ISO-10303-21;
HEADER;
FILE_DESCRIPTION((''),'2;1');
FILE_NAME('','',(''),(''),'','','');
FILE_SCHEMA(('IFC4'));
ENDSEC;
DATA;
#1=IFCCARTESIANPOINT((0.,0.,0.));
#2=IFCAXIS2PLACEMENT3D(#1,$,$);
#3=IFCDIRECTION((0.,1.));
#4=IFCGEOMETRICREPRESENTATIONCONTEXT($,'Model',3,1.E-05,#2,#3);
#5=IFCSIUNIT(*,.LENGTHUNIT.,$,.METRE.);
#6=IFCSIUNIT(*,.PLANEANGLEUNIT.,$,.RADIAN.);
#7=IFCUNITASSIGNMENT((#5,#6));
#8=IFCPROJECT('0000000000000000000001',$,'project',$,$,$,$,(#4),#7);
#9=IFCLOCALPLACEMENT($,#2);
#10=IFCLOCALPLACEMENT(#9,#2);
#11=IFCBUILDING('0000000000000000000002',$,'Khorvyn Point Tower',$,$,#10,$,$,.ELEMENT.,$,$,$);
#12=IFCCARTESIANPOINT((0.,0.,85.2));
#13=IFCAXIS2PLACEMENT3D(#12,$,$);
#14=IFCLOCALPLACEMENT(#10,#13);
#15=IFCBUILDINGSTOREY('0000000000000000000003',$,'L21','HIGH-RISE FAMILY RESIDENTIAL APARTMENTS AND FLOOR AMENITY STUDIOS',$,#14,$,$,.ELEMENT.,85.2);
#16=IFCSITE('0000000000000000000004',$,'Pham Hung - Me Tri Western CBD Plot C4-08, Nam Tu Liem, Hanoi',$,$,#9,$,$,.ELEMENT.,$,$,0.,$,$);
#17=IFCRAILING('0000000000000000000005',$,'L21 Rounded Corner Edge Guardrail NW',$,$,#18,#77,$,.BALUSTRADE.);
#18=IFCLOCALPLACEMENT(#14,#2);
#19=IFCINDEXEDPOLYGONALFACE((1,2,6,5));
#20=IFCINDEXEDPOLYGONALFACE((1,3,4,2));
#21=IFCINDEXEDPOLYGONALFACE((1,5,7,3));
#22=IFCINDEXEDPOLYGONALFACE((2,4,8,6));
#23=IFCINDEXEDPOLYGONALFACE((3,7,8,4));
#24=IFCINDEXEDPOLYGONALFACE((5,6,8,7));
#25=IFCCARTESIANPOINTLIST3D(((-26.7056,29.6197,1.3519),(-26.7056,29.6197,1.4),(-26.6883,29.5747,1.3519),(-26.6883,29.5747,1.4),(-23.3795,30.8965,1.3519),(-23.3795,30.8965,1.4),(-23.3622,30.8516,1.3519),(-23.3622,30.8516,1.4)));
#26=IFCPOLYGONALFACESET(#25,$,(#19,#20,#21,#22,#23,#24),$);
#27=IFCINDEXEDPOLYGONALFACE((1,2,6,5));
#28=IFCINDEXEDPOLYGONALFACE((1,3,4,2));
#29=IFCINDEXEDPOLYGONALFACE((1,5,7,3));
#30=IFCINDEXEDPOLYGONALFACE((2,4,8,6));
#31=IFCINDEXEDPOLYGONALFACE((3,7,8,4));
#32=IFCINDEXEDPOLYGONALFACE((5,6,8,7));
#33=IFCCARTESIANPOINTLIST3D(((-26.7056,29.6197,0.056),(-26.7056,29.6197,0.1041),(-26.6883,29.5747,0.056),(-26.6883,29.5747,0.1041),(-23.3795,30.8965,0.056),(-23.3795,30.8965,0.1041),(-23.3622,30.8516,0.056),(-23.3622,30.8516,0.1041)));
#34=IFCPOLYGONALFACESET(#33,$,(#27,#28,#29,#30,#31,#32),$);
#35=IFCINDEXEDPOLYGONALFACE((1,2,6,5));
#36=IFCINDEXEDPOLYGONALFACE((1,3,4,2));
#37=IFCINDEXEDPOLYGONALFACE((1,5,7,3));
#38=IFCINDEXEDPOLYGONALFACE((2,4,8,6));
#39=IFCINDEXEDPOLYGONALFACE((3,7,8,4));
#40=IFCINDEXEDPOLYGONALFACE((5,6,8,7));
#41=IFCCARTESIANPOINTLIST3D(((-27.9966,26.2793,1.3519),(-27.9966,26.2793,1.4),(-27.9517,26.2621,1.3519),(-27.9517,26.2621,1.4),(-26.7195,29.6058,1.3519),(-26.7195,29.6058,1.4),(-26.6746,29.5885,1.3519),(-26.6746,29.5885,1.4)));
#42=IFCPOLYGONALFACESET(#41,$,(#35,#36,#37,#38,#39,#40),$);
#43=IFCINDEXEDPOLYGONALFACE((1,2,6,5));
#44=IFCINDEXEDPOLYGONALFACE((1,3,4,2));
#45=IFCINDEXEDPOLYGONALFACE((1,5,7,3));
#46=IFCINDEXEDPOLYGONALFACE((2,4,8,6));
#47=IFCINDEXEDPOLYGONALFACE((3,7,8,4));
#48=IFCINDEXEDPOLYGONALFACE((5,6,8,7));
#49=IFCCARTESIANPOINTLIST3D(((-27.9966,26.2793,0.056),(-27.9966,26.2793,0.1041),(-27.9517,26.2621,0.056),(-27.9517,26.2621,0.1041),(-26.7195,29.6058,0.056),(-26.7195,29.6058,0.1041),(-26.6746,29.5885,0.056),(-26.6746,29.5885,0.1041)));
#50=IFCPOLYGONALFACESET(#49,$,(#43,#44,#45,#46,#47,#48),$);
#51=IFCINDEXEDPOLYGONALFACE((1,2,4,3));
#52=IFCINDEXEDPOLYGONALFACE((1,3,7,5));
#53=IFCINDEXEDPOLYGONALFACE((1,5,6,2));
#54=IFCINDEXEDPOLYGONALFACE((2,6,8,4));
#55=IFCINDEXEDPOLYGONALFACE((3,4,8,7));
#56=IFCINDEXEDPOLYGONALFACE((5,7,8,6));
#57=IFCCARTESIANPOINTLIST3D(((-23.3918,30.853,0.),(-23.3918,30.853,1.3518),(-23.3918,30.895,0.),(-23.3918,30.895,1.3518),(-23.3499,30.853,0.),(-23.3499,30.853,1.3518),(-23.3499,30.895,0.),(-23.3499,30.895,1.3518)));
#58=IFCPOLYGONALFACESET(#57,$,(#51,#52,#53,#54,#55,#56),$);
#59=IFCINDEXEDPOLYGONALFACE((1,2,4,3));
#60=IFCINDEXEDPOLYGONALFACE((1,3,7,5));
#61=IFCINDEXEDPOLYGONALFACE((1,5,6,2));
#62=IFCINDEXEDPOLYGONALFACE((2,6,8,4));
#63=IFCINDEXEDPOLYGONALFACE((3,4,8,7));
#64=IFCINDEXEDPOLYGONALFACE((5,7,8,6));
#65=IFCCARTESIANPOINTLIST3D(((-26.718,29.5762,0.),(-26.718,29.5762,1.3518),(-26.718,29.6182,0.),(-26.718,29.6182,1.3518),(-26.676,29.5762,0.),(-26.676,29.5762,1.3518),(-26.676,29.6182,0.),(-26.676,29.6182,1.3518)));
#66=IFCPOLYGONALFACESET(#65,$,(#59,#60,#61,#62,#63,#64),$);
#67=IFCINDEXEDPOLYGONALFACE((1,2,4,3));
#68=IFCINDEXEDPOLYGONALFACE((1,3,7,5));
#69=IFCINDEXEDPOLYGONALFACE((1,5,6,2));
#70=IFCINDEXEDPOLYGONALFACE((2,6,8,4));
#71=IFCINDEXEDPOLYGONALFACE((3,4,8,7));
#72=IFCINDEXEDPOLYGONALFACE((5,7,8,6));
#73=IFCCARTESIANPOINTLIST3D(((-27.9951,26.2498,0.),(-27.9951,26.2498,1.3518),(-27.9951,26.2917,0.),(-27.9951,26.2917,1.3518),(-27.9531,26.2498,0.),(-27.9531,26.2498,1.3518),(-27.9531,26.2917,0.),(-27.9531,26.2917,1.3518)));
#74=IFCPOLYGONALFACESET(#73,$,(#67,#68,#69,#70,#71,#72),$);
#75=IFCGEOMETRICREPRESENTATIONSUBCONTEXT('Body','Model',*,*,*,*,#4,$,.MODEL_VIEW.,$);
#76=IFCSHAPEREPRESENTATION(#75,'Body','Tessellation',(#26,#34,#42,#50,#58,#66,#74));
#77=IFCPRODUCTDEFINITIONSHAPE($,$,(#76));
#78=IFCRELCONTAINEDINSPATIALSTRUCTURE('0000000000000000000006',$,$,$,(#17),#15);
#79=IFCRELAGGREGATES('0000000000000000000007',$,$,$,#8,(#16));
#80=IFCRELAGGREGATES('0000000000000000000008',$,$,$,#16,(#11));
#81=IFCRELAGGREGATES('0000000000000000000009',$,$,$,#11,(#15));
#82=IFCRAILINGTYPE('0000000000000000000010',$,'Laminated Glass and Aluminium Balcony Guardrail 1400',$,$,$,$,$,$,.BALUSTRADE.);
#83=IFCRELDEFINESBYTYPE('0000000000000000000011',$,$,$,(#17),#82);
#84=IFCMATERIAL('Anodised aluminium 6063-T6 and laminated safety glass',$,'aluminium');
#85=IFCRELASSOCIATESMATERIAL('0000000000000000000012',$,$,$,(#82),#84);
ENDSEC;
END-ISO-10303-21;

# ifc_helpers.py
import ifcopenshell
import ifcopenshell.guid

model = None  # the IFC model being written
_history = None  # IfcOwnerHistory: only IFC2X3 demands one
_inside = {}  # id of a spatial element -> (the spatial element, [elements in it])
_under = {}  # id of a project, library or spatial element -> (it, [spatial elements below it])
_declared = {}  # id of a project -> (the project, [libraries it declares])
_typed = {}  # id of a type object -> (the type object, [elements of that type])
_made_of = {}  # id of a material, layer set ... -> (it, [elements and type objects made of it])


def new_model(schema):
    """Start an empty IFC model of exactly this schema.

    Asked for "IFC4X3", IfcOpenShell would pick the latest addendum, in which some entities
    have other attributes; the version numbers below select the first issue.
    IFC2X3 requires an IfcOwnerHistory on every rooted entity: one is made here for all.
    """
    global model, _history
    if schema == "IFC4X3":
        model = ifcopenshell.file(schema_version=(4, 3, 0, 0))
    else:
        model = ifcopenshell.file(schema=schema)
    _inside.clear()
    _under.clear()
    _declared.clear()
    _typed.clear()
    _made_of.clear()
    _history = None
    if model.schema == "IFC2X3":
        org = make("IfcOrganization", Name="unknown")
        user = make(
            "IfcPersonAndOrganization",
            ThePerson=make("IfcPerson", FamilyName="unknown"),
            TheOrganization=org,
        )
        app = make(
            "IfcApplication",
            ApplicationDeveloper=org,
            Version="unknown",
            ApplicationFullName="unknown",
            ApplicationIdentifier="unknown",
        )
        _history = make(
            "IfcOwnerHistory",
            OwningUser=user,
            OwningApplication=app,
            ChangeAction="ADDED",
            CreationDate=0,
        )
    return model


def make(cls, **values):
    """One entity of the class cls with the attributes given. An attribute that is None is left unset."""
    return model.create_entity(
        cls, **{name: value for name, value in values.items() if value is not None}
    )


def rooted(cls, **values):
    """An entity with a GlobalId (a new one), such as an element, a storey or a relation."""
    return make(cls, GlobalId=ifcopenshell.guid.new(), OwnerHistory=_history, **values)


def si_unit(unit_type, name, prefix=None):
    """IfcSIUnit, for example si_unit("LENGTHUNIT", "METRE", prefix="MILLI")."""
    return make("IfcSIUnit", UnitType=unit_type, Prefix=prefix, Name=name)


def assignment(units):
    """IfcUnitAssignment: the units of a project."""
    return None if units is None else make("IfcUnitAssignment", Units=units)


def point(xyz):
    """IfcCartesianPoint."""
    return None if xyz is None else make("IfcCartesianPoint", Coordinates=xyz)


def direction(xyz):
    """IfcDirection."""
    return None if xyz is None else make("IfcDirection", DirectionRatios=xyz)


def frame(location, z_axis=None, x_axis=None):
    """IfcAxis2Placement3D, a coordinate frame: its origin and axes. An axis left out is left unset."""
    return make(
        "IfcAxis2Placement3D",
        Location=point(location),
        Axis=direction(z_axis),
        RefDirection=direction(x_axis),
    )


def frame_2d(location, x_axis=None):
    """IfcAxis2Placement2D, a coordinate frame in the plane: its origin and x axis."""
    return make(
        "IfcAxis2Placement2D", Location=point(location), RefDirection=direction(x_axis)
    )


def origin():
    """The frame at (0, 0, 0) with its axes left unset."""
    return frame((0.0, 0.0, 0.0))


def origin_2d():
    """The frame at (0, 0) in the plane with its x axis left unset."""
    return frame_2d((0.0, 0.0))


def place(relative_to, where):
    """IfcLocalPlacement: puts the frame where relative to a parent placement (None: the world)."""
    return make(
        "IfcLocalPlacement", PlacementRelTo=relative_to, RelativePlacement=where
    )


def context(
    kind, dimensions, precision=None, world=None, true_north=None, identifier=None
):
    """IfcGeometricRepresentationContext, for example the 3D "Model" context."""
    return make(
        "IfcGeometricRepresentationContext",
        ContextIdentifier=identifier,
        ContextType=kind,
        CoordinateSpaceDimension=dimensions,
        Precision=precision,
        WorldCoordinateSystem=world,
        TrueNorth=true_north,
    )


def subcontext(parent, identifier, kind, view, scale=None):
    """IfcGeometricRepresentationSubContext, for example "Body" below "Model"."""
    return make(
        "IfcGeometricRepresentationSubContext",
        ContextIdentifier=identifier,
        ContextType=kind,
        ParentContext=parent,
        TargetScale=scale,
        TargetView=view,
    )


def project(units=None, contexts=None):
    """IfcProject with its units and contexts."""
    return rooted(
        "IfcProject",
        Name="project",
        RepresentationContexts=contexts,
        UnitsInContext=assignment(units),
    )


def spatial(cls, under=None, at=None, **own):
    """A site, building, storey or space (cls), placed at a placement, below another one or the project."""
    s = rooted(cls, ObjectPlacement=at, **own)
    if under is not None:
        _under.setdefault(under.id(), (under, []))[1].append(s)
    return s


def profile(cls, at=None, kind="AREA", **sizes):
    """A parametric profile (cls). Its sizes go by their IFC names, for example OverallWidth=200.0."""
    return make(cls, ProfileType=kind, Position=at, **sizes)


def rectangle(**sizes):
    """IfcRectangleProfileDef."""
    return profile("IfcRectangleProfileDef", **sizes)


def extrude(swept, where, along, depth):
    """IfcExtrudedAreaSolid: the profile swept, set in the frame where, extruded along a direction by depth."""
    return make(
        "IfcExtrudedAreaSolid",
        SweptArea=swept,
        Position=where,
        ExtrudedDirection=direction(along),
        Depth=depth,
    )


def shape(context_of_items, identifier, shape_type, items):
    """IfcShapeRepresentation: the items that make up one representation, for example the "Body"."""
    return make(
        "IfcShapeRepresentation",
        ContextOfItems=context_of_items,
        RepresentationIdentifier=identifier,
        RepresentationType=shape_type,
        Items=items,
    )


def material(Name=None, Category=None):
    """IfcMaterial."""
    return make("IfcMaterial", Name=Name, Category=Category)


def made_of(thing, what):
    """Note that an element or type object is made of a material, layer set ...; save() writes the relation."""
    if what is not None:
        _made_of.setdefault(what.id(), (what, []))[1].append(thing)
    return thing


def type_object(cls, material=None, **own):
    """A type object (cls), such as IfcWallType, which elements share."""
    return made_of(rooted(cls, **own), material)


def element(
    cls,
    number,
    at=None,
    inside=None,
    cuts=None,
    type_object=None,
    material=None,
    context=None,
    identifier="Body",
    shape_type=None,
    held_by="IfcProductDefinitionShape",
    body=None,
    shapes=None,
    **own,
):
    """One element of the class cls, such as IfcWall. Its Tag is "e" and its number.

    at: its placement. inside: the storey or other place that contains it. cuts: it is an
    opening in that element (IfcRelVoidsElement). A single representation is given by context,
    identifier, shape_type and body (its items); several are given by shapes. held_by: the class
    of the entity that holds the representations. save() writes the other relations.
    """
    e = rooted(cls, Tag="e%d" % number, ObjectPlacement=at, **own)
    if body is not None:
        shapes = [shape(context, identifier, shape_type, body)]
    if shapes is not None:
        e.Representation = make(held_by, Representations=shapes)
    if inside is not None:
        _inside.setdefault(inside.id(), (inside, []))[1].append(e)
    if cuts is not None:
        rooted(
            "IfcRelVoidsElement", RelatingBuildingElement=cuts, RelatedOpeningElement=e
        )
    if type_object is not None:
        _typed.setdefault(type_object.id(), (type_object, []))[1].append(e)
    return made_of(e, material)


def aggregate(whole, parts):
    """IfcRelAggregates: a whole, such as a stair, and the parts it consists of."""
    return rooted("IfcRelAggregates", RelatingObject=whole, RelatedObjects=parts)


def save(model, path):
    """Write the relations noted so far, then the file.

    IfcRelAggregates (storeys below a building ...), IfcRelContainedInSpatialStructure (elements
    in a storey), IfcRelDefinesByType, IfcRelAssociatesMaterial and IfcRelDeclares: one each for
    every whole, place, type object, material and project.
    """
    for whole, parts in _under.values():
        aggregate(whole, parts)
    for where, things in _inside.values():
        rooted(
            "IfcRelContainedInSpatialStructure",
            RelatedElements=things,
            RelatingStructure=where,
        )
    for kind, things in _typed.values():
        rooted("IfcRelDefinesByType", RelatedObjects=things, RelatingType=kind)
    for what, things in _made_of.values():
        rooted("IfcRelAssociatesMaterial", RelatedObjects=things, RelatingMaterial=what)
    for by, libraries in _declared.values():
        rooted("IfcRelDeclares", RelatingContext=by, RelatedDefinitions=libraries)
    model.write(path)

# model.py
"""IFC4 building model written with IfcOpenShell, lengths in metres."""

from ifc_helpers import new_model, si_unit, direction, frame, origin, origin_2d, place, context, subcontext, project, spatial, rectangle, extrude, material, type_object, element, save


model = new_model("IFC4")

# Units and contexts
model_context = context("Model", 3, precision=1e-05, world=origin(), true_north=direction((0.0, 1.0)))
body_context = subcontext(model_context, "Body", "Model", "MODEL_VIEW")
ifc_project = project(units=[si_unit("LENGTHUNIT", "METRE"), si_unit("PLANEANGLEUNIT", "RADIAN")], contexts=[model_context])

# Site, building, storey
site_placement = place(None, origin())
site = spatial("IfcSite", under=ifc_project, at=site_placement, Name="Pham Hung - Me Tri Western CBD Plot C4-08, Nam Tu Liem, Hanoi", CompositionType="ELEMENT", RefElevation=0.0)
building_placement = place(site_placement, origin())
building = spatial("IfcBuilding", under=site, at=building_placement, Name="Khorvyn Point Tower", CompositionType="ELEMENT")
storey_placement = place(building_placement, frame((0.0, 0.0, 85.2)))
storey = spatial("IfcBuildingStorey", under=building, at=storey_placement, Name="L21", Description="HIGH-RISE FAMILY RESIDENTIAL APARTMENTS AND FLOOR AMENITY STUDIOS", CompositionType="ELEMENT", Elevation=85.2)

# Railing
ifc_material_1 = material(Name="Anodised aluminium 6063-T6 and laminated safety glass", Category="aluminium")
railing_type = type_object("IfcRailingType", Name="Laminated Glass and Aluminium Balcony Guardrail 1400", PredefinedType="BALUSTRADE", material=ifc_material_1)
railing_1_placement = place(storey_placement, frame((-23.3708, 30.874, 0.0)))
element("IfcRailing", 1, at=railing_1_placement, inside=storey, type_object=railing_type, Name="L21 Rounded Corner Edge Guardrail NW", PredefinedType="BALUSTRADE", context=body_context, shape_type="SweptSolid", body=[
    extrude(rectangle(XDim=0.0481, YDim=0.0481, at=origin_2d()), frame((0.0, 0.0, 1.376), z_axis=(-0.933575, -0.358382, 0.0), x_axis=(0.358382, -0.933575, 0.0)), (0.0, 0.0, 1.0), 3.5627),
    extrude(rectangle(XDim=0.0481, YDim=0.0481, at=origin_2d()), frame((0.0, 0.0, 0.0801), z_axis=(-0.933575, -0.358382, 0.0), x_axis=(0.358382, -0.933575, 0.0)), (0.0, 0.0, 1.0), 3.5627),
    extrude(rectangle(XDim=0.0481, YDim=0.0481, at=origin_2d()), frame((-3.3262, -1.2769, 1.376), z_axis=(-0.358419, -0.933561, 0.0), x_axis=(0.933561, -0.358419, 0.0)), (0.0, 0.0, 1.0), 3.5632),
    extrude(rectangle(XDim=0.0481, YDim=0.0481, at=origin_2d()), frame((-3.3262, -1.2769, 0.0801), z_axis=(-0.358419, -0.933561, 0.0), x_axis=(0.933561, -0.358419, 0.0)), (0.0, 0.0, 1.0), 3.5632),
    extrude(rectangle(XDim=0.042, YDim=0.042, at=origin_2d()), origin(), (0.0, 0.0, 1.0), 1.3518),
    extrude(rectangle(XDim=0.042, YDim=0.042, at=origin_2d()), frame((-3.3262, -1.2769, 0.0)), (0.0, 0.0, 1.0), 1.3518),
    extrude(rectangle(XDim=0.042, YDim=0.042, at=origin_2d()), frame((-4.6033, -4.6033, 0.0)), (0.0, 0.0, 1.0), 1.3518),
])

save(model, "model.ifc")
